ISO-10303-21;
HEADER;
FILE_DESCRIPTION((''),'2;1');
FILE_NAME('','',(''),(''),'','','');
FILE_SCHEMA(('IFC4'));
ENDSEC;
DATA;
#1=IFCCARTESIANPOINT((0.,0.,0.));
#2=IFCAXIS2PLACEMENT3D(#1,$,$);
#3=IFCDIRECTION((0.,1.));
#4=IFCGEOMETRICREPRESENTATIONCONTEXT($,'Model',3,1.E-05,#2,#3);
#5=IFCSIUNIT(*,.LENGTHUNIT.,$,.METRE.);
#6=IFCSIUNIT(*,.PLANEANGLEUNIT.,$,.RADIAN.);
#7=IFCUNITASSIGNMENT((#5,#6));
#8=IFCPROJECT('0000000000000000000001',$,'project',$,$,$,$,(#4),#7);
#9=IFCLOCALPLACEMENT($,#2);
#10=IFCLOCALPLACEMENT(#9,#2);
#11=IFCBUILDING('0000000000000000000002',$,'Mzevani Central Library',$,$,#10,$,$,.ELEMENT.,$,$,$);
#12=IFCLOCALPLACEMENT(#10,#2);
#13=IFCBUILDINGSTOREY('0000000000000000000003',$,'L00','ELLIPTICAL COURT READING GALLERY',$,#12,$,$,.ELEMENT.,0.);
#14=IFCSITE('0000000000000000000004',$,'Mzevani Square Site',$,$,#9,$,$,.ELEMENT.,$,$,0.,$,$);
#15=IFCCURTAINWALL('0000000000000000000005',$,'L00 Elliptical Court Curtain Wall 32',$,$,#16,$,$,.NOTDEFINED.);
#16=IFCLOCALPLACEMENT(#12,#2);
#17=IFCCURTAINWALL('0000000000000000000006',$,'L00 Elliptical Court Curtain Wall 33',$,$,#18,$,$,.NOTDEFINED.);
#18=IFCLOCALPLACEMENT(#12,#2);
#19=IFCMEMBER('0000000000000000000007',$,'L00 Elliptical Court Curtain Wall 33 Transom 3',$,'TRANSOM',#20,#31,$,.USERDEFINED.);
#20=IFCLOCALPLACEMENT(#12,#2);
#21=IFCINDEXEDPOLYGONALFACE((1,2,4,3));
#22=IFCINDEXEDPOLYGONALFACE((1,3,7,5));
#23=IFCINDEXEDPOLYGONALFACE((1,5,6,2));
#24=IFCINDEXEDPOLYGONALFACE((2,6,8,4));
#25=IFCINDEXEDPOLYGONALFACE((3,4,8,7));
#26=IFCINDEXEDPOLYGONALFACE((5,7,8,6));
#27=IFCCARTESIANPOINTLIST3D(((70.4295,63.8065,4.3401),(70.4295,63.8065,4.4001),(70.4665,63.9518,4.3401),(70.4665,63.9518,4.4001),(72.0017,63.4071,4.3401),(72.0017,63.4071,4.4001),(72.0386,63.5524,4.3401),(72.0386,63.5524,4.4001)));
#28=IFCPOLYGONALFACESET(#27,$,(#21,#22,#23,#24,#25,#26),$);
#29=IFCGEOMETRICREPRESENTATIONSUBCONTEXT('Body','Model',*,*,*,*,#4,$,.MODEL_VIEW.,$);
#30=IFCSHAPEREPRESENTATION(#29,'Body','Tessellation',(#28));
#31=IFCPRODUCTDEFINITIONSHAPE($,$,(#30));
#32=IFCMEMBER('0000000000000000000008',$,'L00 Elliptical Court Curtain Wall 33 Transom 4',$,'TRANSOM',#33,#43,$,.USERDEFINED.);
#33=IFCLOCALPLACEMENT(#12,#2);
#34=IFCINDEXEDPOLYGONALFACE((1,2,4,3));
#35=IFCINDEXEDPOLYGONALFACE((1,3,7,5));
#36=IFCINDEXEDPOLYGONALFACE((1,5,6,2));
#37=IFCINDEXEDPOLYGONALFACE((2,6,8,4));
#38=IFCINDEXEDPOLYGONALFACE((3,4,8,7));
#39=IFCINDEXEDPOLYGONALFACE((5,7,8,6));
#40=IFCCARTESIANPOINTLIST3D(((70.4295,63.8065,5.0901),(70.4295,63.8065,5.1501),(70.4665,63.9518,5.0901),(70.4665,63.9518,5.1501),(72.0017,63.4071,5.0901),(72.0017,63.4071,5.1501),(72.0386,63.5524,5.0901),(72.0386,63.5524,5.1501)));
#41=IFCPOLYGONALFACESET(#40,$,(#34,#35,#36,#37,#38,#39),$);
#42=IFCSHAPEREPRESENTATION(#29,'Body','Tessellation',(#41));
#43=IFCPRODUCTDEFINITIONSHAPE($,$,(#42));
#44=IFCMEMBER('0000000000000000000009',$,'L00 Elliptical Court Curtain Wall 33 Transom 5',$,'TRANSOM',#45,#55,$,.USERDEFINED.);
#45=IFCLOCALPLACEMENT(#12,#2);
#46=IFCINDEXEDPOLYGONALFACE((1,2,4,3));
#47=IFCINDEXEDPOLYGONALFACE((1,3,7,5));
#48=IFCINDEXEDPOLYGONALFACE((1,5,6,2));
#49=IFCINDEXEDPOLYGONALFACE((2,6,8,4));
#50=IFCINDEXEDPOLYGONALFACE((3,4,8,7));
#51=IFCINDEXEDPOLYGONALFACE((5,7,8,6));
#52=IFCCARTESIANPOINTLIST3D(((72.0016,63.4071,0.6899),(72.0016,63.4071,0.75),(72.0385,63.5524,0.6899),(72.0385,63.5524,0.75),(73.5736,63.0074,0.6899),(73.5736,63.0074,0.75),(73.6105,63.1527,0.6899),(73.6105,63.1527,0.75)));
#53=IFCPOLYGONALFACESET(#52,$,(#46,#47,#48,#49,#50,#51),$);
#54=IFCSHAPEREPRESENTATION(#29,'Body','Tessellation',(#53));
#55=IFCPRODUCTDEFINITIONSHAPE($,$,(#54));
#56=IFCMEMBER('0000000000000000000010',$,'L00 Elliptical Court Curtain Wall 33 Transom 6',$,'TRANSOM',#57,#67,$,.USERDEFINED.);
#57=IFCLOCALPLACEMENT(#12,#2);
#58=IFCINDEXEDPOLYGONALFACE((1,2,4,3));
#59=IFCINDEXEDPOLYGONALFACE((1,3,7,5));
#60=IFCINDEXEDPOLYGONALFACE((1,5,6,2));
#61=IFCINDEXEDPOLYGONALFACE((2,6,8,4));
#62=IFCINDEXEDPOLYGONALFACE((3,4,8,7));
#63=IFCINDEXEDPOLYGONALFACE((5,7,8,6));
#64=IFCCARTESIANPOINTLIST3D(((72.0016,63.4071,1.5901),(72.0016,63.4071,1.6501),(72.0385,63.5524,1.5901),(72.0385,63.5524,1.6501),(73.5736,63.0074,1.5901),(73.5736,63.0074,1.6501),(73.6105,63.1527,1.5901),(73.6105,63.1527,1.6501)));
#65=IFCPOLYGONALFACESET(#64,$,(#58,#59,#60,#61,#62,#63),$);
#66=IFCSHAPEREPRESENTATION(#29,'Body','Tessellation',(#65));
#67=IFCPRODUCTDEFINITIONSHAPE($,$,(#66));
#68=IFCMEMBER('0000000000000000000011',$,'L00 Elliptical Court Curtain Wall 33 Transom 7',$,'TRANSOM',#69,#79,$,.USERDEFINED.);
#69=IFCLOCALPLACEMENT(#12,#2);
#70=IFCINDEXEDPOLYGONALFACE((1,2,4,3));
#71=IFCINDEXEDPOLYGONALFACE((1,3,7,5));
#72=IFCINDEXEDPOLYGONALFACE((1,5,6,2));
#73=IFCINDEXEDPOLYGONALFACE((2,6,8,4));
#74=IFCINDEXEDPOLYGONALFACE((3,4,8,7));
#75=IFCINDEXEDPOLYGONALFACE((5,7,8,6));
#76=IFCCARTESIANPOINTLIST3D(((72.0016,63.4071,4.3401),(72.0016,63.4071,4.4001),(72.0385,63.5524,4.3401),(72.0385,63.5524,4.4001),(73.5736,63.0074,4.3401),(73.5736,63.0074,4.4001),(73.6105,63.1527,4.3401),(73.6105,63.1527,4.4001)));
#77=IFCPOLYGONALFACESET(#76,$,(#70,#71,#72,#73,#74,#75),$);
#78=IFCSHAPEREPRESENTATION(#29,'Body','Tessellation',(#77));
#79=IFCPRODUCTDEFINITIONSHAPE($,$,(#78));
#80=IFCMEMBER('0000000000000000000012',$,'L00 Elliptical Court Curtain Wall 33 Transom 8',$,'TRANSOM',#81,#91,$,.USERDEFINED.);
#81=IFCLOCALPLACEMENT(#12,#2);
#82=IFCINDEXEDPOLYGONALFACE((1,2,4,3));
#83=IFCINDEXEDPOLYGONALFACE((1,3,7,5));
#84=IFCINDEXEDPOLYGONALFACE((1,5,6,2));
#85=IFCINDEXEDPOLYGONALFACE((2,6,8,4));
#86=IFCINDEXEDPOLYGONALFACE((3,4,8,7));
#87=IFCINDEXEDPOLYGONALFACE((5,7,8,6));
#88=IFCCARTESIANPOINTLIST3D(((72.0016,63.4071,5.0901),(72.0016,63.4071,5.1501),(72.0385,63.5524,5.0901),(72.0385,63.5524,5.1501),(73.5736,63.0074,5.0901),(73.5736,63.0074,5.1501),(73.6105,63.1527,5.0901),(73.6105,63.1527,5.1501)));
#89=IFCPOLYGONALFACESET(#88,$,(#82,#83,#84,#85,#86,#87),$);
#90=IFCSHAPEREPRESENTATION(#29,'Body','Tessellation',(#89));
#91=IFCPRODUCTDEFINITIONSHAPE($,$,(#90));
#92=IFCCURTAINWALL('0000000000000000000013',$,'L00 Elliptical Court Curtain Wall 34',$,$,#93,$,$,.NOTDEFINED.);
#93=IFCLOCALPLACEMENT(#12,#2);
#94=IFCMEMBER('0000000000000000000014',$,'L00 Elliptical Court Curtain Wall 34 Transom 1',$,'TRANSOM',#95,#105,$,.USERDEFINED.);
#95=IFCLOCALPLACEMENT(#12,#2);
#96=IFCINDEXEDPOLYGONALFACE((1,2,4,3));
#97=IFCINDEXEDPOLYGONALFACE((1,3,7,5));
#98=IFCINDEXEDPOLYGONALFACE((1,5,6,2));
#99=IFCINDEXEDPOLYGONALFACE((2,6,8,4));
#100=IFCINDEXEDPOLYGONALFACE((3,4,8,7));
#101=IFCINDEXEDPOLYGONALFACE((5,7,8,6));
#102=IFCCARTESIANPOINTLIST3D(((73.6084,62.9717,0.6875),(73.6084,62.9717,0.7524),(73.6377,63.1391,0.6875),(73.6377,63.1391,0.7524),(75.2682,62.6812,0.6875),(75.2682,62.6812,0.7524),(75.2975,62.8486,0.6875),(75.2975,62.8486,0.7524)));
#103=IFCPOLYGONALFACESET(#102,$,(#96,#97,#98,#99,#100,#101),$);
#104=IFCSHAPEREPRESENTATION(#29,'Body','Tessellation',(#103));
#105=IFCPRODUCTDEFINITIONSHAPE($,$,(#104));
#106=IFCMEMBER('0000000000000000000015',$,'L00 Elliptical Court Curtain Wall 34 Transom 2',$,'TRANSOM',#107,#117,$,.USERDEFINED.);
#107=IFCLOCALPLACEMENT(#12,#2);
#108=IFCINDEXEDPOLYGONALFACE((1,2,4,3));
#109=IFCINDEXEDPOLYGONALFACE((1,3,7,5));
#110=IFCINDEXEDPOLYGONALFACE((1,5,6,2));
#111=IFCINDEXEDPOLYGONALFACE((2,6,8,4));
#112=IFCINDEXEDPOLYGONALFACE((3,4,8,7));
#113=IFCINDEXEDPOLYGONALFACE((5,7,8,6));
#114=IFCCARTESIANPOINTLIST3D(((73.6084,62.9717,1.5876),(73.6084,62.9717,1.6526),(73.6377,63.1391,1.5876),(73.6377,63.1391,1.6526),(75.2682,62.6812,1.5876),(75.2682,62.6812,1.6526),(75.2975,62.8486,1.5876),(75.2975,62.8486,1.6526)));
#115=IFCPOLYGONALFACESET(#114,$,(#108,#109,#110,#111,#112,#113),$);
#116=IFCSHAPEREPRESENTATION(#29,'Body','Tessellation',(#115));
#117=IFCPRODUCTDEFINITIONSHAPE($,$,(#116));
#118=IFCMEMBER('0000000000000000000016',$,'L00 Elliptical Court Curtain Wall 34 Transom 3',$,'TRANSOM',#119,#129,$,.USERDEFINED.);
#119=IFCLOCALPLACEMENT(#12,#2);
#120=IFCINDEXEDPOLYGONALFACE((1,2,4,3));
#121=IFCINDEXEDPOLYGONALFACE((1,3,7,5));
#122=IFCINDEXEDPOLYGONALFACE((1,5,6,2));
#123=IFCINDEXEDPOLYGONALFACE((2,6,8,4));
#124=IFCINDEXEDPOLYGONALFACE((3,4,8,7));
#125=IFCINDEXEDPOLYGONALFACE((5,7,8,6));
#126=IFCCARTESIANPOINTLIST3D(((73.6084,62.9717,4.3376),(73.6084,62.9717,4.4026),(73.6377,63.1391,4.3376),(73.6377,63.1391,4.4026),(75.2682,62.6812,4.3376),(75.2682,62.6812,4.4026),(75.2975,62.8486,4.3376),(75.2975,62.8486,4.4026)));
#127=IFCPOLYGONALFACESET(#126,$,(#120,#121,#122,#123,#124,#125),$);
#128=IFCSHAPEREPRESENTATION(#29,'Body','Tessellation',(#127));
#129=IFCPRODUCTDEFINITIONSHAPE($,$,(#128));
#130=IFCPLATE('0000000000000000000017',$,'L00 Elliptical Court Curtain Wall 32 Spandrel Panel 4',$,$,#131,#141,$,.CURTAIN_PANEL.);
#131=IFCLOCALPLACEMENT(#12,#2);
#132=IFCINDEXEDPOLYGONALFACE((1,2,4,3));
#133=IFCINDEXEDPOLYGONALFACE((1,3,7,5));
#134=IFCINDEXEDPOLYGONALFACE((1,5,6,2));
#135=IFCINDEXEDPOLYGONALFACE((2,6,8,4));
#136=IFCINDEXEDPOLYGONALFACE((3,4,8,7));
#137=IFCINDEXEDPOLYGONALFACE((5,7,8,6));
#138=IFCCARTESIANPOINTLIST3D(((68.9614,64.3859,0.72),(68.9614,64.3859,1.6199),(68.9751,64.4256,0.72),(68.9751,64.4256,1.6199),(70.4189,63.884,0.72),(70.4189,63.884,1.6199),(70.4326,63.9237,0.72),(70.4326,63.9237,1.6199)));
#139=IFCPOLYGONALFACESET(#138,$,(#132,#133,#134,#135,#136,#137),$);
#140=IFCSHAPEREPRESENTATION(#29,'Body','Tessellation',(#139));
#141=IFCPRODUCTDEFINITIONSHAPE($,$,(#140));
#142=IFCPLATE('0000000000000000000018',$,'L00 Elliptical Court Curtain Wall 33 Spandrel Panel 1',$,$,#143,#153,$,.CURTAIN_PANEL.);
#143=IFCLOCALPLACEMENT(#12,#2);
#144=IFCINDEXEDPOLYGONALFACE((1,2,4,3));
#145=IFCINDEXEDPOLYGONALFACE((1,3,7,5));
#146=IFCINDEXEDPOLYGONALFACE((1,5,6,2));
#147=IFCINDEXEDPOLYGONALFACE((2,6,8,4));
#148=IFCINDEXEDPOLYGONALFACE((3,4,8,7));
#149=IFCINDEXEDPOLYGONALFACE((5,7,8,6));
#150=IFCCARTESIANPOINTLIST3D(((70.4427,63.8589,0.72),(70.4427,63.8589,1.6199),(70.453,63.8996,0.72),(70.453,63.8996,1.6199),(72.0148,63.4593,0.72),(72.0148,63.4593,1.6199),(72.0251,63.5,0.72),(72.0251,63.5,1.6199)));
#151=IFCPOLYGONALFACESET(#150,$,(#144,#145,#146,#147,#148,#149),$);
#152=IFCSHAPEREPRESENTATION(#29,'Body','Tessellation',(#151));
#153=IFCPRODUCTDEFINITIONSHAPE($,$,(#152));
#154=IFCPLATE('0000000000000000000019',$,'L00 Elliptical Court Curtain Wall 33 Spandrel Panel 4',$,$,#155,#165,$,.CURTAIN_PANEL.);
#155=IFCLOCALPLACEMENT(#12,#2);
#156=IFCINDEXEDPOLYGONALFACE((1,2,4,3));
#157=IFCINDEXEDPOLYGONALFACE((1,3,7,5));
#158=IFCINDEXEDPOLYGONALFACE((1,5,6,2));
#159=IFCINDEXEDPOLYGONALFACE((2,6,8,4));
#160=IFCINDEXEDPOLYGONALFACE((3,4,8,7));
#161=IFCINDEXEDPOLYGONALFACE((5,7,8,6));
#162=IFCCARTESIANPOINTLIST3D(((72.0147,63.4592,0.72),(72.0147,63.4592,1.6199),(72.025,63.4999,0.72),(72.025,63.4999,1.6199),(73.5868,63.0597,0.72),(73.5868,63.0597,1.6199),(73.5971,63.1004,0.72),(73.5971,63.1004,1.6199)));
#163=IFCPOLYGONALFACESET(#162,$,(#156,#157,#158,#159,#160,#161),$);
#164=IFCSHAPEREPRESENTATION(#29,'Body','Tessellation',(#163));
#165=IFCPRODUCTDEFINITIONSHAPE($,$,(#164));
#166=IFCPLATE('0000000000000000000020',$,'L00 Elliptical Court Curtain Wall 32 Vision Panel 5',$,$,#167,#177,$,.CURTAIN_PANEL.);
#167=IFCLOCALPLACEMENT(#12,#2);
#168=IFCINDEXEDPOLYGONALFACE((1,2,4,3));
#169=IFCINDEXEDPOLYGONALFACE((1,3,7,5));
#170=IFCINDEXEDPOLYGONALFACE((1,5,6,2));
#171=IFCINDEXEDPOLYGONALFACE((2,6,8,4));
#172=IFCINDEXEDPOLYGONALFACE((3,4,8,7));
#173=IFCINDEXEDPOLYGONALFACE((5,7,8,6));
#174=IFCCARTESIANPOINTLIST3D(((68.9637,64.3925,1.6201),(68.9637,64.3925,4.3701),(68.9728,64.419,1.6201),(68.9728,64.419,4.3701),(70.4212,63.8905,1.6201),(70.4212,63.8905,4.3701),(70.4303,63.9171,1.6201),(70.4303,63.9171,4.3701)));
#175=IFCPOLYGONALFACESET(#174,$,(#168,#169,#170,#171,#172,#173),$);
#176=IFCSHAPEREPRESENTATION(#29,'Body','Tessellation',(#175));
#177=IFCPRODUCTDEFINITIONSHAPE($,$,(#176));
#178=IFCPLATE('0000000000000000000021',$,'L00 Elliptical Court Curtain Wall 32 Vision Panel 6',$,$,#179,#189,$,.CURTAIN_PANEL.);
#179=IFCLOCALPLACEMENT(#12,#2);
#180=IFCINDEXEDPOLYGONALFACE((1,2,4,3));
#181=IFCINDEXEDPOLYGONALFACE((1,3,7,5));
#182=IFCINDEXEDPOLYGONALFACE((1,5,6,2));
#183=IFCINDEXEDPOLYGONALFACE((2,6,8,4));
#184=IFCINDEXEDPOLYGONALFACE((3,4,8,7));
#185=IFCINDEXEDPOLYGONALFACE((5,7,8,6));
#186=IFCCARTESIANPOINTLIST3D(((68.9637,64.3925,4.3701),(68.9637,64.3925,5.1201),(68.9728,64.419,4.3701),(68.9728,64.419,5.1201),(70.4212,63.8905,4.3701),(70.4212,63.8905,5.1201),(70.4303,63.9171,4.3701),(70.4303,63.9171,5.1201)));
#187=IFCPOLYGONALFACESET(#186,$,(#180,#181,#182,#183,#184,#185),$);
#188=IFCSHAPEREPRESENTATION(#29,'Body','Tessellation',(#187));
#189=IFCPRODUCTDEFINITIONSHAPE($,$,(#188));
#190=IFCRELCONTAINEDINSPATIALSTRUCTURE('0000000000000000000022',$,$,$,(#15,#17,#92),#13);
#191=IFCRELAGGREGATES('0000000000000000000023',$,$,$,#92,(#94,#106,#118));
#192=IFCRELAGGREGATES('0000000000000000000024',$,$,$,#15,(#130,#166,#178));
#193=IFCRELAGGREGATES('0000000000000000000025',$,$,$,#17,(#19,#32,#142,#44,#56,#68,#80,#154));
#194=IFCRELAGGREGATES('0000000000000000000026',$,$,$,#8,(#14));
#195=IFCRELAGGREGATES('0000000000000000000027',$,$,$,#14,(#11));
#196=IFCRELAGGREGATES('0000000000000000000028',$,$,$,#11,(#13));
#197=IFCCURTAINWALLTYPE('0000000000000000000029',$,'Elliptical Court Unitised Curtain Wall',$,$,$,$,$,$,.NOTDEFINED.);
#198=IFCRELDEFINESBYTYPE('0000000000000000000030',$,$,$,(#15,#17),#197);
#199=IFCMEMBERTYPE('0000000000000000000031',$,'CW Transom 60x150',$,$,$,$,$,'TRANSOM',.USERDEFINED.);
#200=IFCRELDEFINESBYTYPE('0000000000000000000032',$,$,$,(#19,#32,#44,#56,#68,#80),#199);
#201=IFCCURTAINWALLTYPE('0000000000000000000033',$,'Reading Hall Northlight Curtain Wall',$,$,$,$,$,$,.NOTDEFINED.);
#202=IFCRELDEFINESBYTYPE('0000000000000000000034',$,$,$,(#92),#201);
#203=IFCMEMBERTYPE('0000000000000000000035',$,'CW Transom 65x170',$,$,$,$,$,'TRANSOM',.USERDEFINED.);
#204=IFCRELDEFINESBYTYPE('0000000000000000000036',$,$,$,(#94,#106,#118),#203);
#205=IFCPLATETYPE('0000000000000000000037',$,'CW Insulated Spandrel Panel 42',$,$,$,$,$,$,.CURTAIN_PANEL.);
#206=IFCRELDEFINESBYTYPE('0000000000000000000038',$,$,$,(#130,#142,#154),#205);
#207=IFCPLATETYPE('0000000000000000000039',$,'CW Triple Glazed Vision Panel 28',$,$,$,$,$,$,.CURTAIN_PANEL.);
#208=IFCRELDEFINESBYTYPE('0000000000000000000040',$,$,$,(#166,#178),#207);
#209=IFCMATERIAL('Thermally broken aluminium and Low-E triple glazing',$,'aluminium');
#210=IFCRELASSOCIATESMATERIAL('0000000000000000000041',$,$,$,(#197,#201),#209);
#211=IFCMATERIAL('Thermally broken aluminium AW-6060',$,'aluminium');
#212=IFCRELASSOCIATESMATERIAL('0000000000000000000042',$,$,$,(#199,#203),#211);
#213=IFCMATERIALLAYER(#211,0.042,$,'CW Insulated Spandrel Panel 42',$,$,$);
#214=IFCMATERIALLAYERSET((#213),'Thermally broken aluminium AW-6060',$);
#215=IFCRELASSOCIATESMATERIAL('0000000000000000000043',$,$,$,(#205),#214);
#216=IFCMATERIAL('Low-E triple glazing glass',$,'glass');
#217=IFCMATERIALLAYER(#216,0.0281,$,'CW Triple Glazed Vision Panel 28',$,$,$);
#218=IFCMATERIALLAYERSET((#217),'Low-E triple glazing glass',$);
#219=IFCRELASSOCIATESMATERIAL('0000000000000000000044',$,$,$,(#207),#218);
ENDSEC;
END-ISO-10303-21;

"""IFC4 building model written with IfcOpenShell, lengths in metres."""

from ifc_helpers import new_model, si_unit, direction, frame, origin, origin_2d, place, context, subcontext, project, spatial, rectangle, extrude, material, layer, layer_set, material_profile, profile_set, type_object, element, aggregate, save


model = new_model("IFC4")

# Units and contexts
model_context = context("Model", 3, precision=1e-05, world=origin(), true_north=direction((0.0, 1.0)))
body_context = subcontext(model_context, "Body", "Model", "MODEL_VIEW")
ifc_project = project(units=[si_unit("LENGTHUNIT", "METRE"), si_unit("PLANEANGLEUNIT", "RADIAN")], contexts=[model_context])

# Site, building, storey
site_placement = place(None, origin())
site = spatial("IfcSite", under=ifc_project, at=site_placement, Name="Mzevani Square Site", CompositionType="ELEMENT", RefElevation=0.0)
building_placement = place(site_placement, origin())
building = spatial("IfcBuilding", under=site, at=building_placement, Name="Mzevani Central Library", CompositionType="ELEMENT")
storey_placement = place(building_placement, origin())
storey = spatial("IfcBuildingStorey", under=building, at=storey_placement, Name="L00", Description="ELLIPTICAL COURT READING GALLERY", CompositionType="ELEMENT", Elevation=0.0)

# Curtain walls
ifc_material_1 = material(Name="Thermally broken aluminium and Low-E triple glazing", Category="aluminium")
curtain_wall_type_1 = type_object("IfcCurtainWallType", Name="Elliptical Court Unitised Curtain Wall", PredefinedType="NOTDEFINED", material=ifc_material_1)
curtain_wall_1_placement = place(storey_placement, origin())
curtain_wall_1 = element("IfcCurtainWall", 1, at=curtain_wall_1_placement, inside=storey, type_object=curtain_wall_type_1, Name="L00 Elliptical Court Curtain Wall 32", PredefinedType="NOTDEFINED")
ifc_material_2 = material(Name="Thermally broken aluminium AW-6060", Category="aluminium")
curtain_wall_2_placement = place(storey_placement, origin())
curtain_wall_2 = element("IfcCurtainWall", 2, at=curtain_wall_2_placement, inside=storey, type_object=curtain_wall_type_1, Name="L00 Elliptical Court Curtain Wall 33", PredefinedType="NOTDEFINED")

# Members
ifc_material_profile_1 = material_profile(ifc_material_2, rectangle(XDim=0.1499, YDim=0.0601, at=origin_2d()), Name="ALU T60x150")
ifc_profile_set_1 = profile_set([ifc_material_profile_1], Name="Thermally broken aluminium AW-6060")
member_type_1 = type_object("IfcMemberType", Name="CW Transom 60x150", ElementType="TRANSOM", PredefinedType="USERDEFINED", material=ifc_profile_set_1)
member_1_placement = place(storey_placement, frame((70.448, 63.8792, 4.3701), z_axis=(0.969206, -0.246253, 0.0), x_axis=(0.246253, 0.969206, 0.0)))
member_1 = element("IfcMember", 3, at=member_1_placement, type_object=member_type_1, Name="L00 Elliptical Court Curtain Wall 33 Transom 3", ObjectType="TRANSOM", PredefinedType="USERDEFINED", context=body_context, shape_type="SweptSolid", body=[
    extrude(rectangle(XDim=0.1499, YDim=0.0601, at=origin_2d()), origin(), (0.0, 0.0, 1.0), 1.6221),
])
member_2_placement = place(storey_placement, frame((70.448, 63.8792, 5.1201), z_axis=(0.969206, -0.246253, 0.0), x_axis=(0.246253, 0.969206, 0.0)))
member_2 = element("IfcMember", 4, at=member_2_placement, type_object=member_type_1, Name="L00 Elliptical Court Curtain Wall 33 Transom 4", ObjectType="TRANSOM", PredefinedType="USERDEFINED", context=body_context, shape_type="SweptSolid", body=[
    extrude(rectangle(XDim=0.1499, YDim=0.0601, at=origin_2d()), origin(), (0.0, 0.0, 1.0), 1.6221),
])
member_3_placement = place(storey_placement, frame((72.02, 63.4797, 0.72), z_axis=(0.96917, -0.246394, 0.0), x_axis=(0.246394, 0.96917, 0.0)))
member_3 = element("IfcMember", 5, at=member_3_placement, type_object=member_type_1, Name="L00 Elliptical Court Curtain Wall 33 Transom 5", ObjectType="TRANSOM", PredefinedType="USERDEFINED", context=body_context, shape_type="SweptSolid", body=[
    extrude(rectangle(XDim=0.1499, YDim=0.0601, at=origin_2d()), origin(), (0.0, 0.0, 1.0), 1.6221),
])
member_4_placement = place(storey_placement, frame((72.02, 63.4797, 1.6201), z_axis=(0.96917, -0.246394, 0.0), x_axis=(0.246394, 0.96917, 0.0)))
member_4 = element("IfcMember", 6, at=member_4_placement, type_object=member_type_1, Name="L00 Elliptical Court Curtain Wall 33 Transom 6", ObjectType="TRANSOM", PredefinedType="USERDEFINED", context=body_context, shape_type="SweptSolid", body=[
    extrude(rectangle(XDim=0.1499, YDim=0.0601, at=origin_2d()), origin(), (0.0, 0.0, 1.0), 1.6221),
])
member_5_placement = place(storey_placement, frame((72.02, 63.4797, 4.3701), z_axis=(0.96917, -0.246394, 0.0), x_axis=(0.246394, 0.96917, 0.0)))
member_5 = element("IfcMember", 7, at=member_5_placement, type_object=member_type_1, Name="L00 Elliptical Court Curtain Wall 33 Transom 7", ObjectType="TRANSOM", PredefinedType="USERDEFINED", context=body_context, shape_type="SweptSolid", body=[
    extrude(rectangle(XDim=0.1499, YDim=0.0601, at=origin_2d()), origin(), (0.0, 0.0, 1.0), 1.6221),
])
member_6_placement = place(storey_placement, frame((72.02, 63.4797, 5.1201), z_axis=(0.96917, -0.246394, 0.0), x_axis=(0.246394, 0.96917, 0.0)))
member_6 = element("IfcMember", 8, at=member_6_placement, type_object=member_type_1, Name="L00 Elliptical Court Curtain Wall 33 Transom 8", ObjectType="TRANSOM", PredefinedType="USERDEFINED", context=body_context, shape_type="SweptSolid", body=[
    extrude(rectangle(XDim=0.1499, YDim=0.0601, at=origin_2d()), origin(), (0.0, 0.0, 1.0), 1.6221),
])

# Curtain wall, members
curtain_wall_type_2 = type_object("IfcCurtainWallType", Name="Reading Hall Northlight Curtain Wall", PredefinedType="NOTDEFINED", material=ifc_material_1)
curtain_wall_3_placement = place(storey_placement, origin())
curtain_wall_3 = element("IfcCurtainWall", 9, at=curtain_wall_3_placement, inside=storey, type_object=curtain_wall_type_2, Name="L00 Elliptical Court Curtain Wall 34", PredefinedType="NOTDEFINED")
ifc_material_profile_2 = material_profile(ifc_material_2, rectangle(XDim=0.1699, YDim=0.0649, at=origin_2d()), Name="ALU T65x170")
ifc_profile_set_2 = profile_set([ifc_material_profile_2], Name="Thermally broken aluminium AW-6060")
member_type_2 = type_object("IfcMemberType", Name="CW Transom 65x170", ElementType="TRANSOM", PredefinedType="USERDEFINED", material=ifc_profile_set_2)
member_7_placement = place(storey_placement, frame((73.623, 63.0554, 0.72), z_axis=(0.985026, -0.172405, 0.0), x_axis=(0.172405, 0.985026, 0.0)))
member_7 = element("IfcMember", 10, at=member_7_placement, type_object=member_type_2, Name="L00 Elliptical Court Curtain Wall 34 Transom 1", ObjectType="TRANSOM", PredefinedType="USERDEFINED", context=body_context, shape_type="SweptSolid", body=[
    extrude(rectangle(XDim=0.1699, YDim=0.0649, at=origin_2d()), origin(), (0.0, 0.0, 1.0), 1.6851),
])
member_8_placement = place(storey_placement, frame((73.623, 63.0554, 1.6201), z_axis=(0.985026, -0.172405, 0.0), x_axis=(0.172405, 0.985026, 0.0)))
member_8 = element("IfcMember", 11, at=member_8_placement, type_object=member_type_2, Name="L00 Elliptical Court Curtain Wall 34 Transom 2", ObjectType="TRANSOM", PredefinedType="USERDEFINED", context=body_context, shape_type="SweptSolid", body=[
    extrude(rectangle(XDim=0.1699, YDim=0.0649, at=origin_2d()), origin(), (0.0, 0.0, 1.0), 1.6851),
])
member_9_placement = place(storey_placement, frame((73.623, 63.0554, 4.3701), z_axis=(0.985026, -0.172405, 0.0), x_axis=(0.172405, 0.985026, 0.0)))
member_9 = element("IfcMember", 12, at=member_9_placement, type_object=member_type_2, Name="L00 Elliptical Court Curtain Wall 34 Transom 3", ObjectType="TRANSOM", PredefinedType="USERDEFINED", context=body_context, shape_type="SweptSolid", body=[
    extrude(rectangle(XDim=0.1699, YDim=0.0649, at=origin_2d()), origin(), (0.0, 0.0, 1.0), 1.6851),
])
aggregate(curtain_wall_3, [member_7, member_8, member_9])

# Plates
ifc_layer_1 = layer(ifc_material_2, 0.042, Name="CW Insulated Spandrel Panel 42")
ifc_layer_set_1 = layer_set([ifc_layer_1], Name="Thermally broken aluminium AW-6060")
plate_type_1 = type_object("IfcPlateType", Name="CW Insulated Spandrel Panel 42", PredefinedType="CURTAIN_PANEL", material=ifc_layer_set_1)
plate_1_placement = place(storey_placement, frame((69.697, 64.1548, 0.72), z_axis=(0.0, 0.0, 1.0), x_axis=(0.945503, -0.325613, 0.0)))
plate_1 = element("IfcPlate", 13, at=plate_1_placement, type_object=plate_type_1, Name="L00 Elliptical Court Curtain Wall 32 Spandrel Panel 4", PredefinedType="CURTAIN_PANEL", context=body_context, shape_type="SweptSolid", body=[
    extrude(rectangle(XDim=1.5415, YDim=0.042, at=origin_2d()), origin(), (0.0, 0.0, 1.0), 0.8999),
])
plate_2_placement = place(storey_placement, frame((71.2339, 63.6794, 0.72), z_axis=(0.0, 0.0, 1.0), x_axis=(0.969187, -0.246328, 0.0)))
plate_2 = element("IfcPlate", 14, at=plate_2_placement, type_object=plate_type_1, Name="L00 Elliptical Court Curtain Wall 33 Spandrel Panel 1", PredefinedType="CURTAIN_PANEL", context=body_context, shape_type="SweptSolid", body=[
    extrude(rectangle(XDim=1.6221, YDim=0.042, at=origin_2d()), origin(), (0.0, 0.0, 1.0), 0.8999),
])
plate_3_placement = place(storey_placement, frame((72.8059, 63.2798, 0.72), z_axis=(0.0, 0.0, 1.0), x_axis=(0.969187, -0.246328, 0.0)))
plate_3 = element("IfcPlate", 15, at=plate_3_placement, type_object=plate_type_1, Name="L00 Elliptical Court Curtain Wall 33 Spandrel Panel 4", PredefinedType="CURTAIN_PANEL", context=body_context, shape_type="SweptSolid", body=[
    extrude(rectangle(XDim=1.6221, YDim=0.042, at=origin_2d()), origin(), (0.0, 0.0, 1.0), 0.8999),
])
ifc_material_3 = material(Name="Low-E triple glazing glass", Category="glass")
ifc_layer_2 = layer(ifc_material_3, 0.0281, Name="CW Triple Glazed Vision Panel 28")
ifc_layer_set_2 = layer_set([ifc_layer_2], Name="Low-E triple glazing glass")
plate_type_2 = type_object("IfcPlateType", Name="CW Triple Glazed Vision Panel 28", PredefinedType="CURTAIN_PANEL", material=ifc_layer_set_2)
plate_4_placement = place(storey_placement, frame((69.697, 64.1548, 1.6201), z_axis=(0.0, 0.0, 1.0), x_axis=(0.945503, -0.325613, 0.0)))
plate_4 = element("IfcPlate", 16, at=plate_4_placement, type_object=plate_type_2, Name="L00 Elliptical Court Curtain Wall 32 Vision Panel 5", PredefinedType="CURTAIN_PANEL", context=body_context, shape_type="SweptSolid", body=[
    extrude(rectangle(XDim=1.5415, YDim=0.0281, at=origin_2d()), origin(), (0.0, 0.0, 1.0), 2.75),
])
plate_5_placement = place(storey_placement, frame((69.697, 64.1548, 4.3701), z_axis=(0.0, 0.0, 1.0), x_axis=(0.945503, -0.325613, 0.0)))
plate_5 = element("IfcPlate", 17, at=plate_5_placement, type_object=plate_type_2, Name="L00 Elliptical Court Curtain Wall 32 Vision Panel 6", PredefinedType="CURTAIN_PANEL", context=body_context, shape_type="SweptSolid", body=[
    extrude(rectangle(XDim=1.5415, YDim=0.0281, at=origin_2d()), origin(), (0.0, 0.0, 1.0), 0.75),
])
aggregate(curtain_wall_1, [plate_1, plate_4, plate_5])
aggregate(curtain_wall_2, [member_1, member_2, plate_2, member_3, member_4, member_5, member_6, plate_3])

save(model, "model.ifc")
